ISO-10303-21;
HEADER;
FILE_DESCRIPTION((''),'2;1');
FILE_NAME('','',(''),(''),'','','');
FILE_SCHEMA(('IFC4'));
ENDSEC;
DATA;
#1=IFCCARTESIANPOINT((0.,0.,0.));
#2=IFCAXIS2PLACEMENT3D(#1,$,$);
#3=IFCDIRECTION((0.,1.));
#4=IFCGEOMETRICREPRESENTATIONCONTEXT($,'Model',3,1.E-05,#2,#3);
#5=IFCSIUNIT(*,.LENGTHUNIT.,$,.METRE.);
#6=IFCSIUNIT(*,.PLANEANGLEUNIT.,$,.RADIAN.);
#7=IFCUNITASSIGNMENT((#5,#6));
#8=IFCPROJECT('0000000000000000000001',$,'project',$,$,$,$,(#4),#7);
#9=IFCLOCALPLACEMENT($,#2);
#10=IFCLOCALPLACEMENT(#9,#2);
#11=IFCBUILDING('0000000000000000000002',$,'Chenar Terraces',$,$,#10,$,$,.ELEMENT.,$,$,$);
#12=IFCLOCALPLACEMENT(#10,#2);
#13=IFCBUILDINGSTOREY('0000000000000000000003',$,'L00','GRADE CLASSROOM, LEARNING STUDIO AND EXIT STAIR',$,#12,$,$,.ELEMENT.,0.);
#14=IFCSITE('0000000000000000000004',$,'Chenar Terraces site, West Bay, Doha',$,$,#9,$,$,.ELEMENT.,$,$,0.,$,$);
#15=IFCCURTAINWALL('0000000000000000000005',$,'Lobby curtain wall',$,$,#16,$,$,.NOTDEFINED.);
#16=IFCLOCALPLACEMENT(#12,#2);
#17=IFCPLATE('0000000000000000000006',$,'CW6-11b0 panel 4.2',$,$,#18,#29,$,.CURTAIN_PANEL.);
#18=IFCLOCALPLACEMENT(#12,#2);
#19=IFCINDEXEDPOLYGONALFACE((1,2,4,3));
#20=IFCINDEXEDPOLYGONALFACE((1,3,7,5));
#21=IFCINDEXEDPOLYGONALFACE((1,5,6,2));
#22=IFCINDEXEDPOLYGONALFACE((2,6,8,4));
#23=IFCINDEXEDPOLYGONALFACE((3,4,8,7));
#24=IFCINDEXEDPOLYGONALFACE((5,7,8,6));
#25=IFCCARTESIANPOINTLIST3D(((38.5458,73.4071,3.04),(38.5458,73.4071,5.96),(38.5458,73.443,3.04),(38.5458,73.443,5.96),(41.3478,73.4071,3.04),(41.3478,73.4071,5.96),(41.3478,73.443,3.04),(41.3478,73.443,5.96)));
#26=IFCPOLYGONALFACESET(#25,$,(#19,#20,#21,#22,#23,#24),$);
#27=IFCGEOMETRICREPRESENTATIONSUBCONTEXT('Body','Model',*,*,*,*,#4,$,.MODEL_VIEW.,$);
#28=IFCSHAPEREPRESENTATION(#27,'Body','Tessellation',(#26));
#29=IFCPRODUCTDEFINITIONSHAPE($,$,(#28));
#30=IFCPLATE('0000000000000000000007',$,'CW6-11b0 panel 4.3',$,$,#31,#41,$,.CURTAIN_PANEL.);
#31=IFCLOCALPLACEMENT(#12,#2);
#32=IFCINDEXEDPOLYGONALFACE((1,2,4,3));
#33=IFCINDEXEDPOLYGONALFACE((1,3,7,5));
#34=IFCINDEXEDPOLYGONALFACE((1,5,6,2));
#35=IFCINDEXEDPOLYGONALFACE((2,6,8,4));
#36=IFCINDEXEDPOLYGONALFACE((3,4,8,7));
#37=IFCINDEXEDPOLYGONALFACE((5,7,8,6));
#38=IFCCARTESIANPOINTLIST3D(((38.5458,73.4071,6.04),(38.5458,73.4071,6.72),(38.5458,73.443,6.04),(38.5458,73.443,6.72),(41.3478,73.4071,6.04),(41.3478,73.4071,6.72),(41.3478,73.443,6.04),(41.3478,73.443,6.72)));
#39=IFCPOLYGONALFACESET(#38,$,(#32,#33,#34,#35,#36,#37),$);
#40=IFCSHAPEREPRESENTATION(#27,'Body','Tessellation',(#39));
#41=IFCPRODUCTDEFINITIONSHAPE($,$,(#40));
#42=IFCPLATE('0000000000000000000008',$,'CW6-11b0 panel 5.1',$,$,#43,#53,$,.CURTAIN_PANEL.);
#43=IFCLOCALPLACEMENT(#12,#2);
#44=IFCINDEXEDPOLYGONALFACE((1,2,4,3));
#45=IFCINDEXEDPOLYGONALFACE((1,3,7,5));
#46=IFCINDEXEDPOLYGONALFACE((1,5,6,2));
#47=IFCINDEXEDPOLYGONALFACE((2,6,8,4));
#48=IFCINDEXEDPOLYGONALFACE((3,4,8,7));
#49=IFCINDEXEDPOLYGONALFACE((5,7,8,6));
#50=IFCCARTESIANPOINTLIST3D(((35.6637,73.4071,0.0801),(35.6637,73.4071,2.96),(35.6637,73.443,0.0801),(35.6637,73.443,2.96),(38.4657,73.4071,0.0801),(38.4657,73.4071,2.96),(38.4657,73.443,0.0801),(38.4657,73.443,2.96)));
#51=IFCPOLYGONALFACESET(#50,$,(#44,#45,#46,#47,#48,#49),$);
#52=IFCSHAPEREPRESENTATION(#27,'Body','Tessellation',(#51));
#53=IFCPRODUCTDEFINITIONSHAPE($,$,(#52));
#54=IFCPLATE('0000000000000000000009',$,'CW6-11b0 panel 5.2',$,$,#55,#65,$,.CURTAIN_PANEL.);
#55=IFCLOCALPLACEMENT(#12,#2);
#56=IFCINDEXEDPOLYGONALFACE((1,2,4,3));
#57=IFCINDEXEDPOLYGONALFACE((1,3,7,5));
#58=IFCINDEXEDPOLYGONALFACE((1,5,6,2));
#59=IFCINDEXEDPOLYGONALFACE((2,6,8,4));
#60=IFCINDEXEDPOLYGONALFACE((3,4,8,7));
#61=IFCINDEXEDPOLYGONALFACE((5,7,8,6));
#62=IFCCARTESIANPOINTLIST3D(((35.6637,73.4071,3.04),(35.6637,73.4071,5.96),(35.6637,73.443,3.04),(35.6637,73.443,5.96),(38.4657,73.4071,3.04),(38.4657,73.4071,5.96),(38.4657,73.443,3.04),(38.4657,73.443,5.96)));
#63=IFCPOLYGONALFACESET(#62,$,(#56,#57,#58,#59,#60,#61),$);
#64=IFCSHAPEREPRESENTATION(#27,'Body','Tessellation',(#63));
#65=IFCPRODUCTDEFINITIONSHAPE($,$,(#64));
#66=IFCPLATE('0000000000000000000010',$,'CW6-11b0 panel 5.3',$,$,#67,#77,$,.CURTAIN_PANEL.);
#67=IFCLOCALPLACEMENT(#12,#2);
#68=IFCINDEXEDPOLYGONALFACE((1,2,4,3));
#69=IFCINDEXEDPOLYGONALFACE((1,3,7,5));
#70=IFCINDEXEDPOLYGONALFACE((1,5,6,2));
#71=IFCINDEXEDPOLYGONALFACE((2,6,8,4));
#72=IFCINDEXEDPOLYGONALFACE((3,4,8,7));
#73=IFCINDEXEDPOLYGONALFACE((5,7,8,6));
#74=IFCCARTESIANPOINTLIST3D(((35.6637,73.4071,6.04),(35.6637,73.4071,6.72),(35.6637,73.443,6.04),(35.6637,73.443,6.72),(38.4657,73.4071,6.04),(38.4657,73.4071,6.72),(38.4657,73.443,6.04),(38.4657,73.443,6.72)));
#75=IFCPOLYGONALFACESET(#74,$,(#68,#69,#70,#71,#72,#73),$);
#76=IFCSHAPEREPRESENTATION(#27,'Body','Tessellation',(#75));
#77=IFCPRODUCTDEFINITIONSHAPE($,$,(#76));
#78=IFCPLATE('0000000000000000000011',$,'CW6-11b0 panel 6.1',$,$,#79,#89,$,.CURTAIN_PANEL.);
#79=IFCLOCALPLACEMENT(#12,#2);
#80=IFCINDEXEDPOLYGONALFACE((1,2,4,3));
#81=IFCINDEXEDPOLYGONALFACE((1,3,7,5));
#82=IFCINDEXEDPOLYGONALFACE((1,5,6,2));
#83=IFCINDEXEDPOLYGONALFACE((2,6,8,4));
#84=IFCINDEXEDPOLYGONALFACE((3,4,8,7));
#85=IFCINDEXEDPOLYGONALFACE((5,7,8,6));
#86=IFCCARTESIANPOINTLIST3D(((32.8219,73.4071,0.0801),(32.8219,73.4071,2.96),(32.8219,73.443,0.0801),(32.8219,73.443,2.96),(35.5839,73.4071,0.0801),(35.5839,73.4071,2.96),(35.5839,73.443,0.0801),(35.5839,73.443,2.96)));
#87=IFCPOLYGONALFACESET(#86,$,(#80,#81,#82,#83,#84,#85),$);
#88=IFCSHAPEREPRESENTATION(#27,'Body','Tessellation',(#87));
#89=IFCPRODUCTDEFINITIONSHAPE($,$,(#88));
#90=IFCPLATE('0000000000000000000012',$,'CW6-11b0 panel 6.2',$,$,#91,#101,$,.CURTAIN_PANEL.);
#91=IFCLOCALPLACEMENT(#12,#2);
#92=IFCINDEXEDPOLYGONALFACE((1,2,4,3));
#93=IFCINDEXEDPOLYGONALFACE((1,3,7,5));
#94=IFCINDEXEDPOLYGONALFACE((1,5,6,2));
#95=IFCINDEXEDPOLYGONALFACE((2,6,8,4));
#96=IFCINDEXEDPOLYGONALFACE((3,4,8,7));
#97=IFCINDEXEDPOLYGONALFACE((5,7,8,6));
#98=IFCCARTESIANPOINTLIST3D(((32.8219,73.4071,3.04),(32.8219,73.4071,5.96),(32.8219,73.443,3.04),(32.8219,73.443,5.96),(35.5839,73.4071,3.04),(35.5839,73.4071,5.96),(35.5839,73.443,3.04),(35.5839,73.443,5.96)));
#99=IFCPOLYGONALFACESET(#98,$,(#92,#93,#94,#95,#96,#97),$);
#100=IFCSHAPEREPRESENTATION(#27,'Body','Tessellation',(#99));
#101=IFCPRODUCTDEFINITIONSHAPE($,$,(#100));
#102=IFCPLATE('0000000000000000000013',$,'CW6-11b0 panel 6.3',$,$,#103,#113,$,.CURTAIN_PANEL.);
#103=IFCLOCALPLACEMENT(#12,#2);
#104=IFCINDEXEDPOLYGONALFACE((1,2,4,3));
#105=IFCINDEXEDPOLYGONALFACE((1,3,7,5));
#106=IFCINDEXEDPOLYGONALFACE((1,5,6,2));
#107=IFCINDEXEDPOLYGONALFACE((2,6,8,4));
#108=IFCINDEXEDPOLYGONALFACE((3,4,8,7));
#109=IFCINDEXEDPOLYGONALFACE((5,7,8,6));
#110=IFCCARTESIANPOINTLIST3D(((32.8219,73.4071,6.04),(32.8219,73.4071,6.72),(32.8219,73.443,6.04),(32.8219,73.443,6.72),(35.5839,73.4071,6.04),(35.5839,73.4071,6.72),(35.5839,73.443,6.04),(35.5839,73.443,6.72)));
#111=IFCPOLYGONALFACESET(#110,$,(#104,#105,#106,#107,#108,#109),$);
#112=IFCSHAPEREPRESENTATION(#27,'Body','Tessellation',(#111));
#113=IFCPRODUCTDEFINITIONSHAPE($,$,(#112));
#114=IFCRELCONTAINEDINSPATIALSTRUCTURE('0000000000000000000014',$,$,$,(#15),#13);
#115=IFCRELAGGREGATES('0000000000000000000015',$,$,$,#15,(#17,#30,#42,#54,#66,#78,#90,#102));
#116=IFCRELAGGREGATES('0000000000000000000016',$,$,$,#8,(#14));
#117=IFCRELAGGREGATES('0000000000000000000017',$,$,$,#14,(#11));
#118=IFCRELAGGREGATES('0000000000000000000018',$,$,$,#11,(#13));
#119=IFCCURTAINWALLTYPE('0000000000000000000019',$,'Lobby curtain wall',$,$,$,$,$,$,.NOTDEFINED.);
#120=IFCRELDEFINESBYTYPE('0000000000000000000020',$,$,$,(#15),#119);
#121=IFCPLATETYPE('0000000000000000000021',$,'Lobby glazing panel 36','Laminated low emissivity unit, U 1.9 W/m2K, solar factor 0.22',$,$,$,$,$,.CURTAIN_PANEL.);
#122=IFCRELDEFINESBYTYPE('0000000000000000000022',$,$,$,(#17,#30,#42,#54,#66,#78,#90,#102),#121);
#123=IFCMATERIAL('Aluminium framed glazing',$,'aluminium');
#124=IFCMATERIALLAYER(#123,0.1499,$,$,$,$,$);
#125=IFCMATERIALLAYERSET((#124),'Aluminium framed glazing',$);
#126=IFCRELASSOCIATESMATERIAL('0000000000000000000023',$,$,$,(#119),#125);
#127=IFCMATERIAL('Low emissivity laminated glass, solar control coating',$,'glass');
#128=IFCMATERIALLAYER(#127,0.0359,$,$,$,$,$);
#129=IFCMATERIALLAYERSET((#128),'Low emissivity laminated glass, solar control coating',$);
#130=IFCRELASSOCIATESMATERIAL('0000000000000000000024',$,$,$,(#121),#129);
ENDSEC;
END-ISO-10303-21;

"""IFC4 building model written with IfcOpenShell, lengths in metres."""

from ifc_helpers import new_model, si_unit, direction, frame, origin, origin_2d, place, context, subcontext, project, spatial, rectangle, extrude, material, layer, layer_set, type_object, element, aggregate, save


model = new_model("IFC4")

# Units and contexts
model_context = context("Model", 3, precision=1e-05, world=origin(), true_north=direction((0.0, 1.0)))
body_context = subcontext(model_context, "Body", "Model", "MODEL_VIEW")
ifc_project = project(units=[si_unit("LENGTHUNIT", "METRE"), si_unit("PLANEANGLEUNIT", "RADIAN")], contexts=[model_context])

# Site, building, storey
site_placement = place(None, origin())
site = spatial("IfcSite", under=ifc_project, at=site_placement, Name="Chenar Terraces site, West Bay, Doha", CompositionType="ELEMENT", RefElevation=0.0)
building_placement = place(site_placement, origin())
building = spatial("IfcBuilding", under=site, at=building_placement, Name="Chenar Terraces", CompositionType="ELEMENT")
storey_placement = place(building_placement, origin())
storey = spatial("IfcBuildingStorey", under=building, at=storey_placement, Name="L00", Description="GRADE CLASSROOM, LEARNING STUDIO AND EXIT STAIR", CompositionType="ELEMENT", Elevation=0.0)

# Curtain wall, plates
ifc_material_1 = material(Name="Aluminium framed glazing", Category="aluminium")
ifc_layer_1 = layer(ifc_material_1, 0.1499)
ifc_layer_set_1 = layer_set([ifc_layer_1], Name="Aluminium framed glazing")
curtain_wall_type = type_object("IfcCurtainWallType", Name="Lobby curtain wall", PredefinedType="NOTDEFINED", material=ifc_layer_set_1)
curtain_wall_placement = place(storey_placement, origin())
curtain_wall = element("IfcCurtainWall", 1, at=curtain_wall_placement, inside=storey, type_object=curtain_wall_type, Name="Lobby curtain wall", PredefinedType="NOTDEFINED")
ifc_material_2 = material(Name="Low emissivity laminated glass, solar control coating", Category="glass")
ifc_layer_2 = layer(ifc_material_2, 0.0359)
ifc_layer_set_2 = layer_set([ifc_layer_2], Name="Low emissivity laminated glass, solar control coating")
plate_type = type_object("IfcPlateType", Name="Lobby glazing panel 36", Description="Laminated low emissivity unit, U 1.9 W/m2K, solar factor 0.22", PredefinedType="CURTAIN_PANEL", material=ifc_layer_set_2)
plate_1_placement = place(storey_placement, frame((39.9468, 73.425, 3.04), z_axis=(0.0, 0.0, 1.0), x_axis=(-1.0, 0.0, 0.0)))
plate_1 = element("IfcPlate", 2, at=plate_1_placement, type_object=plate_type, Name="CW6-11b0 panel 4.2", PredefinedType="CURTAIN_PANEL", context=body_context, shape_type="SweptSolid", body=[
    extrude(rectangle(XDim=2.802, YDim=0.0359, at=origin_2d()), origin(), (0.0, 0.0, 1.0), 2.9199),
])
plate_2_placement = place(storey_placement, frame((39.9468, 73.425, 6.04), z_axis=(0.0, 0.0, 1.0), x_axis=(-1.0, 0.0, 0.0)))
plate_2 = element("IfcPlate", 3, at=plate_2_placement, type_object=plate_type, Name="CW6-11b0 panel 4.3", PredefinedType="CURTAIN_PANEL", context=body_context, shape_type="SweptSolid", body=[
    extrude(rectangle(XDim=2.802, YDim=0.0359, at=origin_2d()), origin(), (0.0, 0.0, 1.0), 0.6799),
])
plate_3_placement = place(storey_placement, frame((37.0647, 73.425, 0.0801), z_axis=(0.0, 0.0, 1.0), x_axis=(-1.0, 0.0, 0.0)))
plate_3 = element("IfcPlate", 4, at=plate_3_placement, type_object=plate_type, Name="CW6-11b0 panel 5.1", PredefinedType="CURTAIN_PANEL", context=body_context, shape_type="SweptSolid", body=[
    extrude(rectangle(XDim=2.802, YDim=0.0359, at=origin_2d()), origin(), (0.0, 0.0, 1.0), 2.8799),
])
plate_4_placement = place(storey_placement, frame((37.0647, 73.425, 3.04), z_axis=(0.0, 0.0, 1.0), x_axis=(-1.0, 0.0, 0.0)))
plate_4 = element("IfcPlate", 5, at=plate_4_placement, type_object=plate_type, Name="CW6-11b0 panel 5.2", PredefinedType="CURTAIN_PANEL", context=body_context, shape_type="SweptSolid", body=[
    extrude(rectangle(XDim=2.802, YDim=0.0359, at=origin_2d()), origin(), (0.0, 0.0, 1.0), 2.9199),
])
plate_5_placement = place(storey_placement, frame((37.0647, 73.425, 6.04), z_axis=(0.0, 0.0, 1.0), x_axis=(-1.0, 0.0, 0.0)))
plate_5 = element("IfcPlate", 6, at=plate_5_placement, type_object=plate_type, Name="CW6-11b0 panel 5.3", PredefinedType="CURTAIN_PANEL", context=body_context, shape_type="SweptSolid", body=[
    extrude(rectangle(XDim=2.802, YDim=0.0359, at=origin_2d()), origin(), (0.0, 0.0, 1.0), 0.6799),
])
plate_6_placement = place(storey_placement, frame((34.2029, 73.425, 0.0801), z_axis=(0.0, 0.0, 1.0), x_axis=(-1.0, 0.0, 0.0)))
plate_6 = element("IfcPlate", 7, at=plate_6_placement, type_object=plate_type, Name="CW6-11b0 panel 6.1", PredefinedType="CURTAIN_PANEL", context=body_context, shape_type="SweptSolid", body=[
    extrude(rectangle(XDim=2.762, YDim=0.0359, at=origin_2d()), origin(), (0.0, 0.0, 1.0), 2.8799),
])
plate_7_placement = place(storey_placement, frame((34.2029, 73.425, 3.04), z_axis=(0.0, 0.0, 1.0), x_axis=(-1.0, 0.0, 0.0)))
plate_7 = element("IfcPlate", 8, at=plate_7_placement, type_object=plate_type, Name="CW6-11b0 panel 6.2", PredefinedType="CURTAIN_PANEL", context=body_context, shape_type="SweptSolid", body=[
    extrude(rectangle(XDim=2.762, YDim=0.0359, at=origin_2d()), origin(), (0.0, 0.0, 1.0), 2.9199),
])
plate_8_placement = place(storey_placement, frame((34.2029, 73.425, 6.04), z_axis=(0.0, 0.0, 1.0), x_axis=(-1.0, 0.0, 0.0)))
plate_8 = element("IfcPlate", 9, at=plate_8_placement, type_object=plate_type, Name="CW6-11b0 panel 6.3", PredefinedType="CURTAIN_PANEL", context=body_context, shape_type="SweptSolid", body=[
    extrude(rectangle(XDim=2.762, YDim=0.0359, at=origin_2d()), origin(), (0.0, 0.0, 1.0), 0.6799),
])
aggregate(curtain_wall, [plate_1, plate_2, plate_3, plate_4, plate_5, plate_6, plate_7, plate_8])

save(model, "model.ifc")
